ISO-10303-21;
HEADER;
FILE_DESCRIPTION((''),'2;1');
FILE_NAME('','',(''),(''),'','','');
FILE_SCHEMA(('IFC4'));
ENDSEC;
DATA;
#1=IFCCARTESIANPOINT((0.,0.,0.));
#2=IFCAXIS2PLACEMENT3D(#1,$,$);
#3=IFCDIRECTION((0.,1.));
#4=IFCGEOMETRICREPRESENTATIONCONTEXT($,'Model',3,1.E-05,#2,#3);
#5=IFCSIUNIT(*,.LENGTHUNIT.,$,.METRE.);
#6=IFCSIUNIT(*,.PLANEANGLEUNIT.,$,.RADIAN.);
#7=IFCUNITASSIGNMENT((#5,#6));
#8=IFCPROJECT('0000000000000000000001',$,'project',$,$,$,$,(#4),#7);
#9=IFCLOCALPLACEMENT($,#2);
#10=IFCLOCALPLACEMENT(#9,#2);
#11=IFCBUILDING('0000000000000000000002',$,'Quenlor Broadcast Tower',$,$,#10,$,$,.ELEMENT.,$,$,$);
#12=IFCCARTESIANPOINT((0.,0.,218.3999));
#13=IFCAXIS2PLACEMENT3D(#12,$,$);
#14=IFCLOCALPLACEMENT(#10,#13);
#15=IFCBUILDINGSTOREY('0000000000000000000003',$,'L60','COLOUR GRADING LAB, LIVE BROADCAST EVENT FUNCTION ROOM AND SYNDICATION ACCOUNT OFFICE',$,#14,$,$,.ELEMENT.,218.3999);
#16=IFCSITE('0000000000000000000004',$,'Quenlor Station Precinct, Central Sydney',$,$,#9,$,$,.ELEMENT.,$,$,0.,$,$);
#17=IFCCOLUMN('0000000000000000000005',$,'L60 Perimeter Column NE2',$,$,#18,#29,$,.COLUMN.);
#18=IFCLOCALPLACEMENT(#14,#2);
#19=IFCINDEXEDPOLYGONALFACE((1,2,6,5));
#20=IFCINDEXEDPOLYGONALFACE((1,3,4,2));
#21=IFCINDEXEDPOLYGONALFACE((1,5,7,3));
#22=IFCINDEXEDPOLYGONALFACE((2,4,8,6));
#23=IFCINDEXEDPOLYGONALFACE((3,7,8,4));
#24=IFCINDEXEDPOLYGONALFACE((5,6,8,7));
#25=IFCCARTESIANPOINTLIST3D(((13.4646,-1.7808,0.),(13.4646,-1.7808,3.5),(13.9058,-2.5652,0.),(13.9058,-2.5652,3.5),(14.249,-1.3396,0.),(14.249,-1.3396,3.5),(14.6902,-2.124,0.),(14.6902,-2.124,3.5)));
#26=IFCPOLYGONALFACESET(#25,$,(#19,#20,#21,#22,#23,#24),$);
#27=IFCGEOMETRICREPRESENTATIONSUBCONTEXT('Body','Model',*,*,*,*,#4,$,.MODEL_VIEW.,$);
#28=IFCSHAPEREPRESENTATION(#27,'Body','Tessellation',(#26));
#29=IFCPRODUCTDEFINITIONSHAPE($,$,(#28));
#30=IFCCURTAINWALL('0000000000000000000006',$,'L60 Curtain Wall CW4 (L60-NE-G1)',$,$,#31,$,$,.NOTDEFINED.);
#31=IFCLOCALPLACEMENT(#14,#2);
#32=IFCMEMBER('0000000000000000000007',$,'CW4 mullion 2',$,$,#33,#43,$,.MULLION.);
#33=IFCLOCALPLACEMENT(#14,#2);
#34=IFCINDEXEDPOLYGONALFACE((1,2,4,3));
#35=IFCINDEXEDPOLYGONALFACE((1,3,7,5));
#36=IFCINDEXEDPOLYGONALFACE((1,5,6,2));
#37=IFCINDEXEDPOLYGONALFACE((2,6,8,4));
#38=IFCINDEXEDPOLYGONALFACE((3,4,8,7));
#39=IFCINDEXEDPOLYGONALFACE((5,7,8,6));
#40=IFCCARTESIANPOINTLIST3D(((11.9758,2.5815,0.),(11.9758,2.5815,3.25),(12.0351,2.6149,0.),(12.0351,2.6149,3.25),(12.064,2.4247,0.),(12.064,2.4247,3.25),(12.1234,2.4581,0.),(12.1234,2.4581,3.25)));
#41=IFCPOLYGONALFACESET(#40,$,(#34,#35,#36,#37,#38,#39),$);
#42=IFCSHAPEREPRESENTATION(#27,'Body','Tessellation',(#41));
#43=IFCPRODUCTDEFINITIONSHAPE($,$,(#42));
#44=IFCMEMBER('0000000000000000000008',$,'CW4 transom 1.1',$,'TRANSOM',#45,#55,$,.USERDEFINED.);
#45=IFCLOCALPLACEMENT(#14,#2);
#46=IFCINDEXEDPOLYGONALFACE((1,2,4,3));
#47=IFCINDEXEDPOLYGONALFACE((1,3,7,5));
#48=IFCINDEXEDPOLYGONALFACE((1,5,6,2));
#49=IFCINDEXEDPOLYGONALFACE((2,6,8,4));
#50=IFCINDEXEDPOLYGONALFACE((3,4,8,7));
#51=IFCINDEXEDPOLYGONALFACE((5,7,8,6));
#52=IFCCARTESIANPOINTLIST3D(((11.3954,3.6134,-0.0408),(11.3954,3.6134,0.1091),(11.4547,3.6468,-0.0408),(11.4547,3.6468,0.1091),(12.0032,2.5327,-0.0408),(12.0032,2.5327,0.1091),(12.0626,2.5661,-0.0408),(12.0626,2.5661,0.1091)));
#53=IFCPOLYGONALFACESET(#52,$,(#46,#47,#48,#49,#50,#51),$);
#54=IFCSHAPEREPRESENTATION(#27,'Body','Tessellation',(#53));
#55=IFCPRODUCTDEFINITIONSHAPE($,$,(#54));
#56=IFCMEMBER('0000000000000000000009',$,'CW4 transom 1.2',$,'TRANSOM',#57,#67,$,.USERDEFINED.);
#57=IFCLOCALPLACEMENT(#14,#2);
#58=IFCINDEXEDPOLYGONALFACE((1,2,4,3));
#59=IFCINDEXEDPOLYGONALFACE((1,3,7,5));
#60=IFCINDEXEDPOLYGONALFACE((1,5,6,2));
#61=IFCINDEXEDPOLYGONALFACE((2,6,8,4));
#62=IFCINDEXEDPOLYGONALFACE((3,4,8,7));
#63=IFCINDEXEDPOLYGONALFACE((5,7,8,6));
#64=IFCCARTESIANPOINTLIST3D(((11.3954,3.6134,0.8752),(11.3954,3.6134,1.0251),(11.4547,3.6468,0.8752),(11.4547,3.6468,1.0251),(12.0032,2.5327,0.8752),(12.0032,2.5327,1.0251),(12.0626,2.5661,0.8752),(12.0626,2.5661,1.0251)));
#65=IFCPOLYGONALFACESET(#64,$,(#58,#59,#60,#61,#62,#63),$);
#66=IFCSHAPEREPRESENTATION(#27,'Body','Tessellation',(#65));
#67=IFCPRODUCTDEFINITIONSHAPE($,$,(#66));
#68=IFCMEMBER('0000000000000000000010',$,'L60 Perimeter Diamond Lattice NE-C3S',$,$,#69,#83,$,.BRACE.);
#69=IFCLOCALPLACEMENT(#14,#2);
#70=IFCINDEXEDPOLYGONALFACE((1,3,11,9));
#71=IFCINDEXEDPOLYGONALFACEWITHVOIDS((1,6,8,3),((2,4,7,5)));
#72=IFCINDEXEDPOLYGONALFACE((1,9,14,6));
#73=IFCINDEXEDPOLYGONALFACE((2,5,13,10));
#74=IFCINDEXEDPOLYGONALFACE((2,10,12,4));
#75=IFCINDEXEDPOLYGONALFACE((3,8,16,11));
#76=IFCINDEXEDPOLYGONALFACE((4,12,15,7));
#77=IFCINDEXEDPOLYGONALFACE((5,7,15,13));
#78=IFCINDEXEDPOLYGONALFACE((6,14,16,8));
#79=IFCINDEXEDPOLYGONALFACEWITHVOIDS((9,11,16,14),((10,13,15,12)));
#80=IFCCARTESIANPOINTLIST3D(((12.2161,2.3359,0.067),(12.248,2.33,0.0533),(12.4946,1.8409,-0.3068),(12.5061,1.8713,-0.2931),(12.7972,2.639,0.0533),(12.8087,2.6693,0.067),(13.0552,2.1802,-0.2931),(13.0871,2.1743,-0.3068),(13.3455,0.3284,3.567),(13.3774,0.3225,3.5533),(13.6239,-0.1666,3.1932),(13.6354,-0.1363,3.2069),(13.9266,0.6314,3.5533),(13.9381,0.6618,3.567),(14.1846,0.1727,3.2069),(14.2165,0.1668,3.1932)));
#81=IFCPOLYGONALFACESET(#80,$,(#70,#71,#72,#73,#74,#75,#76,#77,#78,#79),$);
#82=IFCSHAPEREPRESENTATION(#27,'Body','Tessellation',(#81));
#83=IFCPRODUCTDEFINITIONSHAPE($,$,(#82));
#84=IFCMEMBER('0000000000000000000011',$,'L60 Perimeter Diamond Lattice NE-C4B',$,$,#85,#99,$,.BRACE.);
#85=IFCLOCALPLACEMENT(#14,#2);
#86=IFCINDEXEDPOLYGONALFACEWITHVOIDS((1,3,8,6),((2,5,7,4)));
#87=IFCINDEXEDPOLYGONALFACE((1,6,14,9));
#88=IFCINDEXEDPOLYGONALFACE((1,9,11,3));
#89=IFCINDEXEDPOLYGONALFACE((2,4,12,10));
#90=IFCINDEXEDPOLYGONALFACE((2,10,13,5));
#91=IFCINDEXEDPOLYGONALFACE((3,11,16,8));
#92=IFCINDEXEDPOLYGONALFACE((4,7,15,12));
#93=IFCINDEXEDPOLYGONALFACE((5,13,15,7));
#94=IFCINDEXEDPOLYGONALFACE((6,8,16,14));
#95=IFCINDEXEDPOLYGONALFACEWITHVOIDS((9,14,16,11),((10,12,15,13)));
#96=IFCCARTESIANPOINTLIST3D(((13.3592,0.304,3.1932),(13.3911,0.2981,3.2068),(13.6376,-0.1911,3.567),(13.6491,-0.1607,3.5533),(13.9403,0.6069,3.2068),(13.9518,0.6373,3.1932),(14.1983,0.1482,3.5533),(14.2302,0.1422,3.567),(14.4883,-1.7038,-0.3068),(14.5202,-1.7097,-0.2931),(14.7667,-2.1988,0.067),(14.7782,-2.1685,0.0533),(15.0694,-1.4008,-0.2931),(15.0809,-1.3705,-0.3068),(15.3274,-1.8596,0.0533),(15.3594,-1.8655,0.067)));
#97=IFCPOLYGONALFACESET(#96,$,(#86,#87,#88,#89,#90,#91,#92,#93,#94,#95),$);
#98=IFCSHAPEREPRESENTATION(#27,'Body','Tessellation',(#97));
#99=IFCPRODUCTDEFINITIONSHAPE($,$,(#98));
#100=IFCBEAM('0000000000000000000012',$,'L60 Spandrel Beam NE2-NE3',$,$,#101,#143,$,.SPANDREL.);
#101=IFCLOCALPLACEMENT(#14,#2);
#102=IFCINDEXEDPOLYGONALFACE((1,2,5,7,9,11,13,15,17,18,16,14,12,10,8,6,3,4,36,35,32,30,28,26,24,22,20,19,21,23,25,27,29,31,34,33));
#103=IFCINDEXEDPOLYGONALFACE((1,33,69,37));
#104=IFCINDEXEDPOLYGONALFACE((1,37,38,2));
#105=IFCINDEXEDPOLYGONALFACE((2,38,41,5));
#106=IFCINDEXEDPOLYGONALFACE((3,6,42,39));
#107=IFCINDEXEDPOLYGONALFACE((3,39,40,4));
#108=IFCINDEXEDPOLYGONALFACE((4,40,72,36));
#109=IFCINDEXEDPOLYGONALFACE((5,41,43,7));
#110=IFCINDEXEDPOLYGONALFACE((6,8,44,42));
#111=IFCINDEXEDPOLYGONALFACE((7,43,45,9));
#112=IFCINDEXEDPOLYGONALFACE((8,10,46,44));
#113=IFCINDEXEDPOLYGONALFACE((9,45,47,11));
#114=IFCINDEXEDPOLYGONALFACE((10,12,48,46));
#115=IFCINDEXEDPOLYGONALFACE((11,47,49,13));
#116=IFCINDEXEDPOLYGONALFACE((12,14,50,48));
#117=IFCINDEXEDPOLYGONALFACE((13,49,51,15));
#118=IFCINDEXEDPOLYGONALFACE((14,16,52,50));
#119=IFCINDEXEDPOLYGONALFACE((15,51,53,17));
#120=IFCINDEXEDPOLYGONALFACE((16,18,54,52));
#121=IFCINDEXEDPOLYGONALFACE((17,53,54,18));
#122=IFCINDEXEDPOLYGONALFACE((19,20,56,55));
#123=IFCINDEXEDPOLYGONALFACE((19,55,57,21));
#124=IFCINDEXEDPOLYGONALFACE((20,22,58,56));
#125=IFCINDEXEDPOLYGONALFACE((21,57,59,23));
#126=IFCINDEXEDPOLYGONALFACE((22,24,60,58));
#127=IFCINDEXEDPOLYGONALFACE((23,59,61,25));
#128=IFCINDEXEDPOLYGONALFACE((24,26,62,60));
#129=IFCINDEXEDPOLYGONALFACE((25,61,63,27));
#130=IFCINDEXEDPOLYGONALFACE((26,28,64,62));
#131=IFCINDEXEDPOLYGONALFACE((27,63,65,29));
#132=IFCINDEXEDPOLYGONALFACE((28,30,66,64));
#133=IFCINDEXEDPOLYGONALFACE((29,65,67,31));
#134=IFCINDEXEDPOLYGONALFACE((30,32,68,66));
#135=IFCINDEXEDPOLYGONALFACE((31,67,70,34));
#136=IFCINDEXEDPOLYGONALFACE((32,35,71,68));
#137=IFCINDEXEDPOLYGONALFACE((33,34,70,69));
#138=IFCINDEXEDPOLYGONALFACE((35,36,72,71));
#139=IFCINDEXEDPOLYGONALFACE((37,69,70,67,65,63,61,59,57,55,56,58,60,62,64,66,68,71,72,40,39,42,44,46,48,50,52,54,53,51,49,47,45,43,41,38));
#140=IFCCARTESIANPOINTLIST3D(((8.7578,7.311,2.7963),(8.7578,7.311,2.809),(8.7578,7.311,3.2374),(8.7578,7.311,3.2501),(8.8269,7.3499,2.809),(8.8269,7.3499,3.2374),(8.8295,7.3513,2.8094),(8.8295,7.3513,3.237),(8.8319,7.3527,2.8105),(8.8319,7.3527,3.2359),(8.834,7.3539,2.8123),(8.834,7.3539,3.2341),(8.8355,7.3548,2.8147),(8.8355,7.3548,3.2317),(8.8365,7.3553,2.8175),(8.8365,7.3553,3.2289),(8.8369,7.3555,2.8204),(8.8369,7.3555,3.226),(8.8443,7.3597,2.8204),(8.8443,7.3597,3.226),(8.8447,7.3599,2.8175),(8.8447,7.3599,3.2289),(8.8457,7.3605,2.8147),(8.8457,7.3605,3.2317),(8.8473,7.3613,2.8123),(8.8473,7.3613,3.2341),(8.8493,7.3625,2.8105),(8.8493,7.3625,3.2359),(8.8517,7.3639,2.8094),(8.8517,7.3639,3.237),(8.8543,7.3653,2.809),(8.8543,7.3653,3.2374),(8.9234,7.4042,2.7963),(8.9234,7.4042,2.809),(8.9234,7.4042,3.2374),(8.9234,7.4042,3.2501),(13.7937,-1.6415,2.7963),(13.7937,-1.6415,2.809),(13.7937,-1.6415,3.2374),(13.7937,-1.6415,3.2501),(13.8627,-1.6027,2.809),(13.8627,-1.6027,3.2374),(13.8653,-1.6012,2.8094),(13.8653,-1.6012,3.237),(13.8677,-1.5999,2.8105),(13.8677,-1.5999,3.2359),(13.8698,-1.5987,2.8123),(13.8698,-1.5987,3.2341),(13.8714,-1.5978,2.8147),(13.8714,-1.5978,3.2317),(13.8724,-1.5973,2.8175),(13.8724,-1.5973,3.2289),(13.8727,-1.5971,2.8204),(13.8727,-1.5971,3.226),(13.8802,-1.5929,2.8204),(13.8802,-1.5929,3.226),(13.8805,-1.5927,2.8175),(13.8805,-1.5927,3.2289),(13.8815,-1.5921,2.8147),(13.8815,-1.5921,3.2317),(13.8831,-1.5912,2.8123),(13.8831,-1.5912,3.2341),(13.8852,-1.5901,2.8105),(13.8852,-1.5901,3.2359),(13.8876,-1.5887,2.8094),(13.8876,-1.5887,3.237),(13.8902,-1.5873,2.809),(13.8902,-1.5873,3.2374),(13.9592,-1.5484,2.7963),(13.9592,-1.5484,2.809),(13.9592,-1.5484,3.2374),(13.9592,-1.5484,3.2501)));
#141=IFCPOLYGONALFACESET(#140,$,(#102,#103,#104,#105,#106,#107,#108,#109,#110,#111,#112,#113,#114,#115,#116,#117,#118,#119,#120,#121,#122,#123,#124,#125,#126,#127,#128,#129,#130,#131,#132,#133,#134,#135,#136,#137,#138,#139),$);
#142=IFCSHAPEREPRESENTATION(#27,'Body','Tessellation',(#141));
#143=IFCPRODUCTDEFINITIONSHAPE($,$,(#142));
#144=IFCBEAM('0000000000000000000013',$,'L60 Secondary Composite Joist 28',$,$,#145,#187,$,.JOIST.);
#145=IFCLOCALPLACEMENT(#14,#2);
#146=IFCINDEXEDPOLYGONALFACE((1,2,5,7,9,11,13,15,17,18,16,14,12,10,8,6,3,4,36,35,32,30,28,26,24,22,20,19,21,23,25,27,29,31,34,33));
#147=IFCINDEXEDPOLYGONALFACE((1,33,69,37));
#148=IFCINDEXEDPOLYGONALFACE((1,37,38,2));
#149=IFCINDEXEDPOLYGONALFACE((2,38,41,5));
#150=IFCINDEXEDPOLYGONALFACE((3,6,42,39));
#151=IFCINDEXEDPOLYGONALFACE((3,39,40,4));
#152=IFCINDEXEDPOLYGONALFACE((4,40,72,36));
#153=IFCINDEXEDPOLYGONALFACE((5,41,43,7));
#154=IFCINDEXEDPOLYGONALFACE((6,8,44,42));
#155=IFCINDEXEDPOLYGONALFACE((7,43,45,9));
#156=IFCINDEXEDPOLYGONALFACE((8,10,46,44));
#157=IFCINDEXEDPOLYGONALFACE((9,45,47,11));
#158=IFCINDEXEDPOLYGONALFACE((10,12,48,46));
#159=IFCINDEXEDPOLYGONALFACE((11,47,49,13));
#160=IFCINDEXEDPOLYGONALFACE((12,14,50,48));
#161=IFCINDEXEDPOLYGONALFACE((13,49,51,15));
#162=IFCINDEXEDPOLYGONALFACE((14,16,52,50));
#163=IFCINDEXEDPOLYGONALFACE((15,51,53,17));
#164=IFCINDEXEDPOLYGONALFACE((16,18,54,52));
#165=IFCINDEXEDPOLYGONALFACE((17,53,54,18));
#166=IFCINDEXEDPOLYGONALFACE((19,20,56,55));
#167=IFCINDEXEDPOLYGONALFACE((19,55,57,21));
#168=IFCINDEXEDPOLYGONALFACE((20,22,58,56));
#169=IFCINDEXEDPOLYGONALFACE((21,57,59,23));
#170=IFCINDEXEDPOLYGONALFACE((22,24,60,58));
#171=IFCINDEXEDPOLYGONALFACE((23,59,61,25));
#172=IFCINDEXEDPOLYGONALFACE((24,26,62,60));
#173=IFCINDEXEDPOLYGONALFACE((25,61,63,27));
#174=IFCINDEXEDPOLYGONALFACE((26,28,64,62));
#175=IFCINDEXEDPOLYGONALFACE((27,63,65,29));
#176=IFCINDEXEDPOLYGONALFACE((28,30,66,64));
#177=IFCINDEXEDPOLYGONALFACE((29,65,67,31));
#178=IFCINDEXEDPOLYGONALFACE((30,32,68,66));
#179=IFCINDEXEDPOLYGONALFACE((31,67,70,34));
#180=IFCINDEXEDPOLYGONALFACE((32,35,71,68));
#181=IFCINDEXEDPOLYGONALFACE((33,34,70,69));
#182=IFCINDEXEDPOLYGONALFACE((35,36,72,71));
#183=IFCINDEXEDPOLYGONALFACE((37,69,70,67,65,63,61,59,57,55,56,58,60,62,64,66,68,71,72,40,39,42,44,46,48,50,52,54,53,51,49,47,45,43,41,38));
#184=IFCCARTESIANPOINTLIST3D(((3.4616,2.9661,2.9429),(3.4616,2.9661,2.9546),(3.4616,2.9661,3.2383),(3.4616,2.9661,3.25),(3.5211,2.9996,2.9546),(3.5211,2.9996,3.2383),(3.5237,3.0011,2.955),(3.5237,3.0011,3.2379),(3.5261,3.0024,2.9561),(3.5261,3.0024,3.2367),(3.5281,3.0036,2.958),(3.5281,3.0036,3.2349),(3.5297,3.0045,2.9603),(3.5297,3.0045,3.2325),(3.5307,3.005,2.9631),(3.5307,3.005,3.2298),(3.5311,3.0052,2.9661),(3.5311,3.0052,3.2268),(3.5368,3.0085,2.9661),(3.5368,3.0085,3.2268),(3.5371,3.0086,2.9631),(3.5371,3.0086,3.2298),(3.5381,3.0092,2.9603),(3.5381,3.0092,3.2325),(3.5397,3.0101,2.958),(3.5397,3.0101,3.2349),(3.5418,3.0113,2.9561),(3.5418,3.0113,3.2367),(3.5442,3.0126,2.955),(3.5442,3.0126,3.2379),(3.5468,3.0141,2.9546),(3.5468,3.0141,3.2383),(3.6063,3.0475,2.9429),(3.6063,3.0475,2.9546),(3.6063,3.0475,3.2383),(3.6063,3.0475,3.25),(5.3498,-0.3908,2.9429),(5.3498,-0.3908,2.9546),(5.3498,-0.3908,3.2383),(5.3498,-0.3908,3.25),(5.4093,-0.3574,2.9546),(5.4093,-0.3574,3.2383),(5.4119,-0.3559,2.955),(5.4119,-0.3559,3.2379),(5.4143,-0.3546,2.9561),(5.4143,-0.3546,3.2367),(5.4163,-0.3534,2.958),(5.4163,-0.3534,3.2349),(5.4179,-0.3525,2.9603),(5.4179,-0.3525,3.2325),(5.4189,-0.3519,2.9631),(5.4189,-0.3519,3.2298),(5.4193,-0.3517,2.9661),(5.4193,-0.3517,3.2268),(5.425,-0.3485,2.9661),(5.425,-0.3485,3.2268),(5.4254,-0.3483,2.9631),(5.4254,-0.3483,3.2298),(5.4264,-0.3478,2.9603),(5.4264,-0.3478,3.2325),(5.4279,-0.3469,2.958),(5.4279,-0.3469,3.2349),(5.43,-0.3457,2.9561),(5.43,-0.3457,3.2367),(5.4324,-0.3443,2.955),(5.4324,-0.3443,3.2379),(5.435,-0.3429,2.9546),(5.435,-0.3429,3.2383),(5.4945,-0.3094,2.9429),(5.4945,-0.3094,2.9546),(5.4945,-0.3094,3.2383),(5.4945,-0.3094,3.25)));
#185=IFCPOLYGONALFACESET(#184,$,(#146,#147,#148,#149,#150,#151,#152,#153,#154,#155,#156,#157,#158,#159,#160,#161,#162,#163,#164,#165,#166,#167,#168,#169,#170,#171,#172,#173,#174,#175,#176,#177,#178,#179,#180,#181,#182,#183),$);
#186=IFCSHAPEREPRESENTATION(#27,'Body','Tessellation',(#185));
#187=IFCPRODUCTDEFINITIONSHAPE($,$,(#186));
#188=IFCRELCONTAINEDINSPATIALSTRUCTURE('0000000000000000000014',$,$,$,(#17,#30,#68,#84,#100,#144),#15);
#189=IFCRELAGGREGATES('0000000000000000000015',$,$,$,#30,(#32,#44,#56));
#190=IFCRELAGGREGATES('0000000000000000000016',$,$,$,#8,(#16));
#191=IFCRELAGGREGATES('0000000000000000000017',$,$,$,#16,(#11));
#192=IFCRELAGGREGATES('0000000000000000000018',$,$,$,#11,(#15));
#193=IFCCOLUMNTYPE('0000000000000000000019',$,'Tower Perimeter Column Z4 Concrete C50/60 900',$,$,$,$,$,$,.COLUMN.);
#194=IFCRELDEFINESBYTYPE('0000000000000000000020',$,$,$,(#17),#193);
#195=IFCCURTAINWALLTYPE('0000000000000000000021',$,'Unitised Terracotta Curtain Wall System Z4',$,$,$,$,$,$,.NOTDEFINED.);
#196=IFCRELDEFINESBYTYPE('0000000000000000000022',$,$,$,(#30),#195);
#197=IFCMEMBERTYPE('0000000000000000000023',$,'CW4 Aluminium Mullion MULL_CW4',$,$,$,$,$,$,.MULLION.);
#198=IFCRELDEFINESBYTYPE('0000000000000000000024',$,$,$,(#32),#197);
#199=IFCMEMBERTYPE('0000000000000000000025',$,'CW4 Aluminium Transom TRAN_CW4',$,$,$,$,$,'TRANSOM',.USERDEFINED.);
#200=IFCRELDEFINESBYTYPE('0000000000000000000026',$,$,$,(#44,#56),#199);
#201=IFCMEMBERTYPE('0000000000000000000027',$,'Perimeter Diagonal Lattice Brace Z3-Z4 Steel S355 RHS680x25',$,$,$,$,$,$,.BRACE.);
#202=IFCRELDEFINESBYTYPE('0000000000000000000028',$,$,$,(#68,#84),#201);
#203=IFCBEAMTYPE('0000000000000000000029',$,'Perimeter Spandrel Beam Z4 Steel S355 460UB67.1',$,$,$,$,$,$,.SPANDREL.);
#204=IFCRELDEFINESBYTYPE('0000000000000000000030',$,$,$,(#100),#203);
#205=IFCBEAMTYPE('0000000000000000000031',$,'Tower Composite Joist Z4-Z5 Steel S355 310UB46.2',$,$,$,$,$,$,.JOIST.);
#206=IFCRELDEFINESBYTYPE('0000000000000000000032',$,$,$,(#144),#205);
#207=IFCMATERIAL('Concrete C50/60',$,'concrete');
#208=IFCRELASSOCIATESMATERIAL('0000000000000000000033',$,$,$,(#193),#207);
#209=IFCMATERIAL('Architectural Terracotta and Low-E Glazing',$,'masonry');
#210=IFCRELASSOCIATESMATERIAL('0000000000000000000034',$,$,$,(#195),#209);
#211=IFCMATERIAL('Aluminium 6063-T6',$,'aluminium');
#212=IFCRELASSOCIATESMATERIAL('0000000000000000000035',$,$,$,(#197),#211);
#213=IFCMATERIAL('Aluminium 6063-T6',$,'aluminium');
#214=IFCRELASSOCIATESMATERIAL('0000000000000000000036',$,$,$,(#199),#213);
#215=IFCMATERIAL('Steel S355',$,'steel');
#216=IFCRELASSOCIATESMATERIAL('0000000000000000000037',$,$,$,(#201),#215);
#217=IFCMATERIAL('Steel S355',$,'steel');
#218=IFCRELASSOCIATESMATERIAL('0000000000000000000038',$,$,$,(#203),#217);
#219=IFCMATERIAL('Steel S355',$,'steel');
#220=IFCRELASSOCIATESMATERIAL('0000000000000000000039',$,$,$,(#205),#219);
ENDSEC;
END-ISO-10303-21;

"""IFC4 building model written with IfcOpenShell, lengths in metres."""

from ifc_helpers import new_model, si_unit, direction, frame, origin, origin_2d, place, context, subcontext, project, spatial, rectangle, hollow_rectangle, i_section, extrude, material, material_profile, profile_set, type_object, element, aggregate, save


model = new_model("IFC4")

# Units and contexts
model_context = context("Model", 3, precision=1e-05, world=origin(), true_north=direction((0.0, 1.0)))
body_context = subcontext(model_context, "Body", "Model", "MODEL_VIEW")
ifc_project = project(units=[si_unit("LENGTHUNIT", "METRE"), si_unit("PLANEANGLEUNIT", "RADIAN")], contexts=[model_context])

# Site, building, storey
site_placement = place(None, origin())
site = spatial("IfcSite", under=ifc_project, at=site_placement, Name="Quenlor Station Precinct, Central Sydney", CompositionType="ELEMENT", RefElevation=0.0)
building_placement = place(site_placement, origin())
building = spatial("IfcBuilding", under=site, at=building_placement, Name="Quenlor Broadcast Tower", CompositionType="ELEMENT")
storey_placement = place(building_placement, frame((0.0, 0.0, 218.3999)))
storey = spatial("IfcBuildingStorey", under=building, at=storey_placement, Name="L60", Description="COLOUR GRADING LAB, LIVE BROADCAST EVENT FUNCTION ROOM AND SYNDICATION ACCOUNT OFFICE", CompositionType="ELEMENT", Elevation=218.3999)

# Column
ifc_material_1 = material(Name="Concrete C50/60", Category="concrete")
ifc_material_profile_1 = material_profile(ifc_material_1, rectangle(XDim=0.8999, YDim=0.8999, at=origin_2d()))
ifc_profile_set_1 = profile_set([ifc_material_profile_1], Name="Concrete C50/60 RC900x900")
column_type = type_object("IfcColumnType", Name="Tower Perimeter Column Z4 Concrete C50/60 900", PredefinedType="COLUMN", material=ifc_profile_set_1)
column_placement = place(storey_placement, frame((14.0774, -1.9524, 0.0), z_axis=(0.0, 0.0, 1.0), x_axis=(0.871575, 0.490262, 0.0)))
element("IfcColumn", 1, at=column_placement, inside=storey, type_object=column_type, Name="L60 Perimeter Column NE2", PredefinedType="COLUMN", context=body_context, shape_type="SweptSolid", body=[
    extrude(rectangle(XDim=0.8999, YDim=0.8999, at=origin_2d()), origin(), (0.0, 0.0, 1.0), 3.5),
])

# Curtain wall, members
ifc_material_2 = material(Name="Architectural Terracotta and Low-E Glazing", Category="masonry")
curtain_wall_type = type_object("IfcCurtainWallType", Name="Unitised Terracotta Curtain Wall System Z4", PredefinedType="NOTDEFINED", material=ifc_material_2)
curtain_wall_placement = place(storey_placement, origin())
curtain_wall = element("IfcCurtainWall", 2, at=curtain_wall_placement, inside=storey, type_object=curtain_wall_type, Name="L60 Curtain Wall CW4 (L60-NE-G1)", PredefinedType="NOTDEFINED")
ifc_material_3 = material(Name="Aluminium 6063-T6", Category="aluminium")
ifc_material_profile_2 = material_profile(ifc_material_3, rectangle(XDim=0.0681, YDim=0.1799, at=origin_2d()))
ifc_profile_set_2 = profile_set([ifc_material_profile_2], Name="Aluminium 6063-T6 MULL68x180")
member_type_1 = type_object("IfcMemberType", Name="CW4 Aluminium Mullion MULL_CW4", PredefinedType="MULLION", material=ifc_profile_set_2)
member_1_placement = place(storey_placement, frame((12.0496, 2.5198, 0.0), z_axis=(0.0, 0.0, 1.0), x_axis=(0.87156, 0.490289, 0.0)))
member_1 = element("IfcMember", 3, at=member_1_placement, type_object=member_type_1, Name="CW4 mullion 2", PredefinedType="MULLION", context=body_context, shape_type="SweptSolid", body=[
    extrude(rectangle(XDim=0.0681, YDim=0.1799, at=origin_2d()), origin(), (0.0, 0.0, 1.0), 3.25),
])
ifc_material_4 = material(Name="Aluminium 6063-T6", Category="aluminium")
ifc_material_profile_3 = material_profile(ifc_material_4, rectangle(XDim=0.0681, YDim=0.1499, at=origin_2d()))
ifc_profile_set_3 = profile_set([ifc_material_profile_3], Name="Aluminium 6063-T6 TRAN68x150")
member_type_2 = type_object("IfcMemberType", Name="CW4 Aluminium Transom TRAN_CW4", ElementType="TRANSOM", PredefinedType="USERDEFINED", material=ifc_profile_set_3)
member_2_placement = place(storey_placement, frame((11.425, 3.6301, 0.0342), z_axis=(0.490233, -0.871591, 0.0), x_axis=(0.871591, 0.490233, 0.0)))
member_2 = element("IfcMember", 4, at=member_2_placement, type_object=member_type_2, Name="CW4 transom 1.1", ObjectType="TRANSOM", PredefinedType="USERDEFINED", context=body_context, shape_type="SweptSolid", body=[
    extrude(rectangle(XDim=0.0681, YDim=0.1499, at=origin_2d()), origin(), (0.0, 0.0, 1.0), 1.24),
])
member_3_placement = place(storey_placement, frame((11.425, 3.6301, 0.9502), z_axis=(0.490233, -0.871591, 0.0), x_axis=(0.871591, 0.490233, 0.0)))
member_3 = element("IfcMember", 5, at=member_3_placement, type_object=member_type_2, Name="CW4 transom 1.2", ObjectType="TRANSOM", PredefinedType="USERDEFINED", context=body_context, shape_type="SweptSolid", body=[
    extrude(rectangle(XDim=0.0681, YDim=0.1499, at=origin_2d()), origin(), (0.0, 0.0, 1.0), 1.24),
])

# Members
ifc_material_5 = material(Name="Steel S355", Category="steel")
ifc_material_profile_4 = material_profile(ifc_material_5, hollow_rectangle(XDim=0.6799, YDim=0.6799, WallThickness=0.0249, at=origin_2d()))
ifc_profile_set_4 = profile_set([ifc_material_profile_4], Name="Steel S355 RHS680x680x25")
member_type_3 = type_object("IfcMemberType", Name="Perimeter Diagonal Lattice Brace Z3-Z4 Steel S355 RHS680x25", PredefinedType="BRACE", material=ifc_profile_set_4)
for number, where, z_axis, x_axis, name in (
    (6, (12.6516, 2.2551, -0.1199), (0.269547, -0.479136, 0.835328), (0.87155, 0.490307, 0.0), "L60 Perimeter Diamond Lattice NE-C3S"),
    (7, (14.9238, -1.7847, -0.1199), (-0.269485, 0.479189, 0.835318), (-0.871621, -0.490181, 0.0), "L60 Perimeter Diamond Lattice NE-C4B"),
):
    element("IfcMember", number, at=place(storey_placement, frame(where, z_axis=z_axis, x_axis=x_axis)), inside=storey, type_object=member_type_3, Name=name, PredefinedType="BRACE", context=body_context, shape_type="SweptSolid", body=[
        extrude(hollow_rectangle(XDim=0.6799, YDim=0.6799, WallThickness=0.0249, at=origin_2d()), origin(), (0.0, 0.0, 1.0), 4.1899),
    ])

# Beams
ifc_material_6 = material(Name="Steel S355", Category="steel")
ifc_material_profile_5 = material_profile(ifc_material_6, i_section(OverallWidth=0.1899, OverallDepth=0.4539, WebThickness=0.0085, FlangeThickness=0.0127, FilletRadius=0.0115, at=origin_2d()))
ifc_profile_set_5 = profile_set([ifc_material_profile_5], Name="Steel S355 460UB67.1")
beam_type_1 = type_object("IfcBeamType", Name="Perimeter Spandrel Beam Z4 Steel S355 460UB67.1", PredefinedType="SPANDREL", material=ifc_profile_set_5)
beam_1_placement = place(storey_placement, frame((13.8765, -1.595, 3.0232), z_axis=(-0.490263, 0.871574, 0.0), x_axis=(-0.871574, -0.490263, 0.0)))
element("IfcBeam", 8, at=beam_1_placement, inside=storey, type_object=beam_type_1, Name="L60 Spandrel Beam NE2-NE3", PredefinedType="SPANDREL", context=body_context, shape_type="SweptSolid", body=[
    extrude(i_section(OverallWidth=0.1899, OverallDepth=0.4539, WebThickness=0.0085, FlangeThickness=0.0127, FilletRadius=0.0115, at=origin_2d()), origin(), (0.0, 0.0, 1.0), 10.2717),
])
ifc_material_7 = material(Name="Steel S355", Category="steel")
ifc_material_profile_6 = material_profile(ifc_material_7, i_section(OverallWidth=0.166, OverallDepth=0.3071, WebThickness=0.0066, FlangeThickness=0.0117, FilletRadius=0.0115, at=origin_2d()))
ifc_profile_set_6 = profile_set([ifc_material_profile_6], Name="Steel S355 310UB46.2")
beam_type_2 = type_object("IfcBeamType", Name="Tower Composite Joist Z4-Z5 Steel S355 310UB46.2", PredefinedType="JOIST", material=ifc_profile_set_6)
beam_2_placement = place(storey_placement, frame((3.5339, 3.0068, 3.0964), z_axis=(0.490243, -0.871586, 0.0), x_axis=(0.871586, 0.490243, 0.0)))
element("IfcBeam", 9, at=beam_2_placement, inside=storey, type_object=beam_type_2, Name="L60 Secondary Composite Joist 28", PredefinedType="JOIST", context=body_context, shape_type="SweptSolid", body=[
    extrude(i_section(OverallWidth=0.166, OverallDepth=0.3071, WebThickness=0.0066, FlangeThickness=0.0117, FilletRadius=0.0115, at=origin_2d()), origin(), (0.0, 0.0, 1.0), 3.8516),
])

aggregate(curtain_wall, [member_1, member_2, member_3])

save(model, "model.ifc")
